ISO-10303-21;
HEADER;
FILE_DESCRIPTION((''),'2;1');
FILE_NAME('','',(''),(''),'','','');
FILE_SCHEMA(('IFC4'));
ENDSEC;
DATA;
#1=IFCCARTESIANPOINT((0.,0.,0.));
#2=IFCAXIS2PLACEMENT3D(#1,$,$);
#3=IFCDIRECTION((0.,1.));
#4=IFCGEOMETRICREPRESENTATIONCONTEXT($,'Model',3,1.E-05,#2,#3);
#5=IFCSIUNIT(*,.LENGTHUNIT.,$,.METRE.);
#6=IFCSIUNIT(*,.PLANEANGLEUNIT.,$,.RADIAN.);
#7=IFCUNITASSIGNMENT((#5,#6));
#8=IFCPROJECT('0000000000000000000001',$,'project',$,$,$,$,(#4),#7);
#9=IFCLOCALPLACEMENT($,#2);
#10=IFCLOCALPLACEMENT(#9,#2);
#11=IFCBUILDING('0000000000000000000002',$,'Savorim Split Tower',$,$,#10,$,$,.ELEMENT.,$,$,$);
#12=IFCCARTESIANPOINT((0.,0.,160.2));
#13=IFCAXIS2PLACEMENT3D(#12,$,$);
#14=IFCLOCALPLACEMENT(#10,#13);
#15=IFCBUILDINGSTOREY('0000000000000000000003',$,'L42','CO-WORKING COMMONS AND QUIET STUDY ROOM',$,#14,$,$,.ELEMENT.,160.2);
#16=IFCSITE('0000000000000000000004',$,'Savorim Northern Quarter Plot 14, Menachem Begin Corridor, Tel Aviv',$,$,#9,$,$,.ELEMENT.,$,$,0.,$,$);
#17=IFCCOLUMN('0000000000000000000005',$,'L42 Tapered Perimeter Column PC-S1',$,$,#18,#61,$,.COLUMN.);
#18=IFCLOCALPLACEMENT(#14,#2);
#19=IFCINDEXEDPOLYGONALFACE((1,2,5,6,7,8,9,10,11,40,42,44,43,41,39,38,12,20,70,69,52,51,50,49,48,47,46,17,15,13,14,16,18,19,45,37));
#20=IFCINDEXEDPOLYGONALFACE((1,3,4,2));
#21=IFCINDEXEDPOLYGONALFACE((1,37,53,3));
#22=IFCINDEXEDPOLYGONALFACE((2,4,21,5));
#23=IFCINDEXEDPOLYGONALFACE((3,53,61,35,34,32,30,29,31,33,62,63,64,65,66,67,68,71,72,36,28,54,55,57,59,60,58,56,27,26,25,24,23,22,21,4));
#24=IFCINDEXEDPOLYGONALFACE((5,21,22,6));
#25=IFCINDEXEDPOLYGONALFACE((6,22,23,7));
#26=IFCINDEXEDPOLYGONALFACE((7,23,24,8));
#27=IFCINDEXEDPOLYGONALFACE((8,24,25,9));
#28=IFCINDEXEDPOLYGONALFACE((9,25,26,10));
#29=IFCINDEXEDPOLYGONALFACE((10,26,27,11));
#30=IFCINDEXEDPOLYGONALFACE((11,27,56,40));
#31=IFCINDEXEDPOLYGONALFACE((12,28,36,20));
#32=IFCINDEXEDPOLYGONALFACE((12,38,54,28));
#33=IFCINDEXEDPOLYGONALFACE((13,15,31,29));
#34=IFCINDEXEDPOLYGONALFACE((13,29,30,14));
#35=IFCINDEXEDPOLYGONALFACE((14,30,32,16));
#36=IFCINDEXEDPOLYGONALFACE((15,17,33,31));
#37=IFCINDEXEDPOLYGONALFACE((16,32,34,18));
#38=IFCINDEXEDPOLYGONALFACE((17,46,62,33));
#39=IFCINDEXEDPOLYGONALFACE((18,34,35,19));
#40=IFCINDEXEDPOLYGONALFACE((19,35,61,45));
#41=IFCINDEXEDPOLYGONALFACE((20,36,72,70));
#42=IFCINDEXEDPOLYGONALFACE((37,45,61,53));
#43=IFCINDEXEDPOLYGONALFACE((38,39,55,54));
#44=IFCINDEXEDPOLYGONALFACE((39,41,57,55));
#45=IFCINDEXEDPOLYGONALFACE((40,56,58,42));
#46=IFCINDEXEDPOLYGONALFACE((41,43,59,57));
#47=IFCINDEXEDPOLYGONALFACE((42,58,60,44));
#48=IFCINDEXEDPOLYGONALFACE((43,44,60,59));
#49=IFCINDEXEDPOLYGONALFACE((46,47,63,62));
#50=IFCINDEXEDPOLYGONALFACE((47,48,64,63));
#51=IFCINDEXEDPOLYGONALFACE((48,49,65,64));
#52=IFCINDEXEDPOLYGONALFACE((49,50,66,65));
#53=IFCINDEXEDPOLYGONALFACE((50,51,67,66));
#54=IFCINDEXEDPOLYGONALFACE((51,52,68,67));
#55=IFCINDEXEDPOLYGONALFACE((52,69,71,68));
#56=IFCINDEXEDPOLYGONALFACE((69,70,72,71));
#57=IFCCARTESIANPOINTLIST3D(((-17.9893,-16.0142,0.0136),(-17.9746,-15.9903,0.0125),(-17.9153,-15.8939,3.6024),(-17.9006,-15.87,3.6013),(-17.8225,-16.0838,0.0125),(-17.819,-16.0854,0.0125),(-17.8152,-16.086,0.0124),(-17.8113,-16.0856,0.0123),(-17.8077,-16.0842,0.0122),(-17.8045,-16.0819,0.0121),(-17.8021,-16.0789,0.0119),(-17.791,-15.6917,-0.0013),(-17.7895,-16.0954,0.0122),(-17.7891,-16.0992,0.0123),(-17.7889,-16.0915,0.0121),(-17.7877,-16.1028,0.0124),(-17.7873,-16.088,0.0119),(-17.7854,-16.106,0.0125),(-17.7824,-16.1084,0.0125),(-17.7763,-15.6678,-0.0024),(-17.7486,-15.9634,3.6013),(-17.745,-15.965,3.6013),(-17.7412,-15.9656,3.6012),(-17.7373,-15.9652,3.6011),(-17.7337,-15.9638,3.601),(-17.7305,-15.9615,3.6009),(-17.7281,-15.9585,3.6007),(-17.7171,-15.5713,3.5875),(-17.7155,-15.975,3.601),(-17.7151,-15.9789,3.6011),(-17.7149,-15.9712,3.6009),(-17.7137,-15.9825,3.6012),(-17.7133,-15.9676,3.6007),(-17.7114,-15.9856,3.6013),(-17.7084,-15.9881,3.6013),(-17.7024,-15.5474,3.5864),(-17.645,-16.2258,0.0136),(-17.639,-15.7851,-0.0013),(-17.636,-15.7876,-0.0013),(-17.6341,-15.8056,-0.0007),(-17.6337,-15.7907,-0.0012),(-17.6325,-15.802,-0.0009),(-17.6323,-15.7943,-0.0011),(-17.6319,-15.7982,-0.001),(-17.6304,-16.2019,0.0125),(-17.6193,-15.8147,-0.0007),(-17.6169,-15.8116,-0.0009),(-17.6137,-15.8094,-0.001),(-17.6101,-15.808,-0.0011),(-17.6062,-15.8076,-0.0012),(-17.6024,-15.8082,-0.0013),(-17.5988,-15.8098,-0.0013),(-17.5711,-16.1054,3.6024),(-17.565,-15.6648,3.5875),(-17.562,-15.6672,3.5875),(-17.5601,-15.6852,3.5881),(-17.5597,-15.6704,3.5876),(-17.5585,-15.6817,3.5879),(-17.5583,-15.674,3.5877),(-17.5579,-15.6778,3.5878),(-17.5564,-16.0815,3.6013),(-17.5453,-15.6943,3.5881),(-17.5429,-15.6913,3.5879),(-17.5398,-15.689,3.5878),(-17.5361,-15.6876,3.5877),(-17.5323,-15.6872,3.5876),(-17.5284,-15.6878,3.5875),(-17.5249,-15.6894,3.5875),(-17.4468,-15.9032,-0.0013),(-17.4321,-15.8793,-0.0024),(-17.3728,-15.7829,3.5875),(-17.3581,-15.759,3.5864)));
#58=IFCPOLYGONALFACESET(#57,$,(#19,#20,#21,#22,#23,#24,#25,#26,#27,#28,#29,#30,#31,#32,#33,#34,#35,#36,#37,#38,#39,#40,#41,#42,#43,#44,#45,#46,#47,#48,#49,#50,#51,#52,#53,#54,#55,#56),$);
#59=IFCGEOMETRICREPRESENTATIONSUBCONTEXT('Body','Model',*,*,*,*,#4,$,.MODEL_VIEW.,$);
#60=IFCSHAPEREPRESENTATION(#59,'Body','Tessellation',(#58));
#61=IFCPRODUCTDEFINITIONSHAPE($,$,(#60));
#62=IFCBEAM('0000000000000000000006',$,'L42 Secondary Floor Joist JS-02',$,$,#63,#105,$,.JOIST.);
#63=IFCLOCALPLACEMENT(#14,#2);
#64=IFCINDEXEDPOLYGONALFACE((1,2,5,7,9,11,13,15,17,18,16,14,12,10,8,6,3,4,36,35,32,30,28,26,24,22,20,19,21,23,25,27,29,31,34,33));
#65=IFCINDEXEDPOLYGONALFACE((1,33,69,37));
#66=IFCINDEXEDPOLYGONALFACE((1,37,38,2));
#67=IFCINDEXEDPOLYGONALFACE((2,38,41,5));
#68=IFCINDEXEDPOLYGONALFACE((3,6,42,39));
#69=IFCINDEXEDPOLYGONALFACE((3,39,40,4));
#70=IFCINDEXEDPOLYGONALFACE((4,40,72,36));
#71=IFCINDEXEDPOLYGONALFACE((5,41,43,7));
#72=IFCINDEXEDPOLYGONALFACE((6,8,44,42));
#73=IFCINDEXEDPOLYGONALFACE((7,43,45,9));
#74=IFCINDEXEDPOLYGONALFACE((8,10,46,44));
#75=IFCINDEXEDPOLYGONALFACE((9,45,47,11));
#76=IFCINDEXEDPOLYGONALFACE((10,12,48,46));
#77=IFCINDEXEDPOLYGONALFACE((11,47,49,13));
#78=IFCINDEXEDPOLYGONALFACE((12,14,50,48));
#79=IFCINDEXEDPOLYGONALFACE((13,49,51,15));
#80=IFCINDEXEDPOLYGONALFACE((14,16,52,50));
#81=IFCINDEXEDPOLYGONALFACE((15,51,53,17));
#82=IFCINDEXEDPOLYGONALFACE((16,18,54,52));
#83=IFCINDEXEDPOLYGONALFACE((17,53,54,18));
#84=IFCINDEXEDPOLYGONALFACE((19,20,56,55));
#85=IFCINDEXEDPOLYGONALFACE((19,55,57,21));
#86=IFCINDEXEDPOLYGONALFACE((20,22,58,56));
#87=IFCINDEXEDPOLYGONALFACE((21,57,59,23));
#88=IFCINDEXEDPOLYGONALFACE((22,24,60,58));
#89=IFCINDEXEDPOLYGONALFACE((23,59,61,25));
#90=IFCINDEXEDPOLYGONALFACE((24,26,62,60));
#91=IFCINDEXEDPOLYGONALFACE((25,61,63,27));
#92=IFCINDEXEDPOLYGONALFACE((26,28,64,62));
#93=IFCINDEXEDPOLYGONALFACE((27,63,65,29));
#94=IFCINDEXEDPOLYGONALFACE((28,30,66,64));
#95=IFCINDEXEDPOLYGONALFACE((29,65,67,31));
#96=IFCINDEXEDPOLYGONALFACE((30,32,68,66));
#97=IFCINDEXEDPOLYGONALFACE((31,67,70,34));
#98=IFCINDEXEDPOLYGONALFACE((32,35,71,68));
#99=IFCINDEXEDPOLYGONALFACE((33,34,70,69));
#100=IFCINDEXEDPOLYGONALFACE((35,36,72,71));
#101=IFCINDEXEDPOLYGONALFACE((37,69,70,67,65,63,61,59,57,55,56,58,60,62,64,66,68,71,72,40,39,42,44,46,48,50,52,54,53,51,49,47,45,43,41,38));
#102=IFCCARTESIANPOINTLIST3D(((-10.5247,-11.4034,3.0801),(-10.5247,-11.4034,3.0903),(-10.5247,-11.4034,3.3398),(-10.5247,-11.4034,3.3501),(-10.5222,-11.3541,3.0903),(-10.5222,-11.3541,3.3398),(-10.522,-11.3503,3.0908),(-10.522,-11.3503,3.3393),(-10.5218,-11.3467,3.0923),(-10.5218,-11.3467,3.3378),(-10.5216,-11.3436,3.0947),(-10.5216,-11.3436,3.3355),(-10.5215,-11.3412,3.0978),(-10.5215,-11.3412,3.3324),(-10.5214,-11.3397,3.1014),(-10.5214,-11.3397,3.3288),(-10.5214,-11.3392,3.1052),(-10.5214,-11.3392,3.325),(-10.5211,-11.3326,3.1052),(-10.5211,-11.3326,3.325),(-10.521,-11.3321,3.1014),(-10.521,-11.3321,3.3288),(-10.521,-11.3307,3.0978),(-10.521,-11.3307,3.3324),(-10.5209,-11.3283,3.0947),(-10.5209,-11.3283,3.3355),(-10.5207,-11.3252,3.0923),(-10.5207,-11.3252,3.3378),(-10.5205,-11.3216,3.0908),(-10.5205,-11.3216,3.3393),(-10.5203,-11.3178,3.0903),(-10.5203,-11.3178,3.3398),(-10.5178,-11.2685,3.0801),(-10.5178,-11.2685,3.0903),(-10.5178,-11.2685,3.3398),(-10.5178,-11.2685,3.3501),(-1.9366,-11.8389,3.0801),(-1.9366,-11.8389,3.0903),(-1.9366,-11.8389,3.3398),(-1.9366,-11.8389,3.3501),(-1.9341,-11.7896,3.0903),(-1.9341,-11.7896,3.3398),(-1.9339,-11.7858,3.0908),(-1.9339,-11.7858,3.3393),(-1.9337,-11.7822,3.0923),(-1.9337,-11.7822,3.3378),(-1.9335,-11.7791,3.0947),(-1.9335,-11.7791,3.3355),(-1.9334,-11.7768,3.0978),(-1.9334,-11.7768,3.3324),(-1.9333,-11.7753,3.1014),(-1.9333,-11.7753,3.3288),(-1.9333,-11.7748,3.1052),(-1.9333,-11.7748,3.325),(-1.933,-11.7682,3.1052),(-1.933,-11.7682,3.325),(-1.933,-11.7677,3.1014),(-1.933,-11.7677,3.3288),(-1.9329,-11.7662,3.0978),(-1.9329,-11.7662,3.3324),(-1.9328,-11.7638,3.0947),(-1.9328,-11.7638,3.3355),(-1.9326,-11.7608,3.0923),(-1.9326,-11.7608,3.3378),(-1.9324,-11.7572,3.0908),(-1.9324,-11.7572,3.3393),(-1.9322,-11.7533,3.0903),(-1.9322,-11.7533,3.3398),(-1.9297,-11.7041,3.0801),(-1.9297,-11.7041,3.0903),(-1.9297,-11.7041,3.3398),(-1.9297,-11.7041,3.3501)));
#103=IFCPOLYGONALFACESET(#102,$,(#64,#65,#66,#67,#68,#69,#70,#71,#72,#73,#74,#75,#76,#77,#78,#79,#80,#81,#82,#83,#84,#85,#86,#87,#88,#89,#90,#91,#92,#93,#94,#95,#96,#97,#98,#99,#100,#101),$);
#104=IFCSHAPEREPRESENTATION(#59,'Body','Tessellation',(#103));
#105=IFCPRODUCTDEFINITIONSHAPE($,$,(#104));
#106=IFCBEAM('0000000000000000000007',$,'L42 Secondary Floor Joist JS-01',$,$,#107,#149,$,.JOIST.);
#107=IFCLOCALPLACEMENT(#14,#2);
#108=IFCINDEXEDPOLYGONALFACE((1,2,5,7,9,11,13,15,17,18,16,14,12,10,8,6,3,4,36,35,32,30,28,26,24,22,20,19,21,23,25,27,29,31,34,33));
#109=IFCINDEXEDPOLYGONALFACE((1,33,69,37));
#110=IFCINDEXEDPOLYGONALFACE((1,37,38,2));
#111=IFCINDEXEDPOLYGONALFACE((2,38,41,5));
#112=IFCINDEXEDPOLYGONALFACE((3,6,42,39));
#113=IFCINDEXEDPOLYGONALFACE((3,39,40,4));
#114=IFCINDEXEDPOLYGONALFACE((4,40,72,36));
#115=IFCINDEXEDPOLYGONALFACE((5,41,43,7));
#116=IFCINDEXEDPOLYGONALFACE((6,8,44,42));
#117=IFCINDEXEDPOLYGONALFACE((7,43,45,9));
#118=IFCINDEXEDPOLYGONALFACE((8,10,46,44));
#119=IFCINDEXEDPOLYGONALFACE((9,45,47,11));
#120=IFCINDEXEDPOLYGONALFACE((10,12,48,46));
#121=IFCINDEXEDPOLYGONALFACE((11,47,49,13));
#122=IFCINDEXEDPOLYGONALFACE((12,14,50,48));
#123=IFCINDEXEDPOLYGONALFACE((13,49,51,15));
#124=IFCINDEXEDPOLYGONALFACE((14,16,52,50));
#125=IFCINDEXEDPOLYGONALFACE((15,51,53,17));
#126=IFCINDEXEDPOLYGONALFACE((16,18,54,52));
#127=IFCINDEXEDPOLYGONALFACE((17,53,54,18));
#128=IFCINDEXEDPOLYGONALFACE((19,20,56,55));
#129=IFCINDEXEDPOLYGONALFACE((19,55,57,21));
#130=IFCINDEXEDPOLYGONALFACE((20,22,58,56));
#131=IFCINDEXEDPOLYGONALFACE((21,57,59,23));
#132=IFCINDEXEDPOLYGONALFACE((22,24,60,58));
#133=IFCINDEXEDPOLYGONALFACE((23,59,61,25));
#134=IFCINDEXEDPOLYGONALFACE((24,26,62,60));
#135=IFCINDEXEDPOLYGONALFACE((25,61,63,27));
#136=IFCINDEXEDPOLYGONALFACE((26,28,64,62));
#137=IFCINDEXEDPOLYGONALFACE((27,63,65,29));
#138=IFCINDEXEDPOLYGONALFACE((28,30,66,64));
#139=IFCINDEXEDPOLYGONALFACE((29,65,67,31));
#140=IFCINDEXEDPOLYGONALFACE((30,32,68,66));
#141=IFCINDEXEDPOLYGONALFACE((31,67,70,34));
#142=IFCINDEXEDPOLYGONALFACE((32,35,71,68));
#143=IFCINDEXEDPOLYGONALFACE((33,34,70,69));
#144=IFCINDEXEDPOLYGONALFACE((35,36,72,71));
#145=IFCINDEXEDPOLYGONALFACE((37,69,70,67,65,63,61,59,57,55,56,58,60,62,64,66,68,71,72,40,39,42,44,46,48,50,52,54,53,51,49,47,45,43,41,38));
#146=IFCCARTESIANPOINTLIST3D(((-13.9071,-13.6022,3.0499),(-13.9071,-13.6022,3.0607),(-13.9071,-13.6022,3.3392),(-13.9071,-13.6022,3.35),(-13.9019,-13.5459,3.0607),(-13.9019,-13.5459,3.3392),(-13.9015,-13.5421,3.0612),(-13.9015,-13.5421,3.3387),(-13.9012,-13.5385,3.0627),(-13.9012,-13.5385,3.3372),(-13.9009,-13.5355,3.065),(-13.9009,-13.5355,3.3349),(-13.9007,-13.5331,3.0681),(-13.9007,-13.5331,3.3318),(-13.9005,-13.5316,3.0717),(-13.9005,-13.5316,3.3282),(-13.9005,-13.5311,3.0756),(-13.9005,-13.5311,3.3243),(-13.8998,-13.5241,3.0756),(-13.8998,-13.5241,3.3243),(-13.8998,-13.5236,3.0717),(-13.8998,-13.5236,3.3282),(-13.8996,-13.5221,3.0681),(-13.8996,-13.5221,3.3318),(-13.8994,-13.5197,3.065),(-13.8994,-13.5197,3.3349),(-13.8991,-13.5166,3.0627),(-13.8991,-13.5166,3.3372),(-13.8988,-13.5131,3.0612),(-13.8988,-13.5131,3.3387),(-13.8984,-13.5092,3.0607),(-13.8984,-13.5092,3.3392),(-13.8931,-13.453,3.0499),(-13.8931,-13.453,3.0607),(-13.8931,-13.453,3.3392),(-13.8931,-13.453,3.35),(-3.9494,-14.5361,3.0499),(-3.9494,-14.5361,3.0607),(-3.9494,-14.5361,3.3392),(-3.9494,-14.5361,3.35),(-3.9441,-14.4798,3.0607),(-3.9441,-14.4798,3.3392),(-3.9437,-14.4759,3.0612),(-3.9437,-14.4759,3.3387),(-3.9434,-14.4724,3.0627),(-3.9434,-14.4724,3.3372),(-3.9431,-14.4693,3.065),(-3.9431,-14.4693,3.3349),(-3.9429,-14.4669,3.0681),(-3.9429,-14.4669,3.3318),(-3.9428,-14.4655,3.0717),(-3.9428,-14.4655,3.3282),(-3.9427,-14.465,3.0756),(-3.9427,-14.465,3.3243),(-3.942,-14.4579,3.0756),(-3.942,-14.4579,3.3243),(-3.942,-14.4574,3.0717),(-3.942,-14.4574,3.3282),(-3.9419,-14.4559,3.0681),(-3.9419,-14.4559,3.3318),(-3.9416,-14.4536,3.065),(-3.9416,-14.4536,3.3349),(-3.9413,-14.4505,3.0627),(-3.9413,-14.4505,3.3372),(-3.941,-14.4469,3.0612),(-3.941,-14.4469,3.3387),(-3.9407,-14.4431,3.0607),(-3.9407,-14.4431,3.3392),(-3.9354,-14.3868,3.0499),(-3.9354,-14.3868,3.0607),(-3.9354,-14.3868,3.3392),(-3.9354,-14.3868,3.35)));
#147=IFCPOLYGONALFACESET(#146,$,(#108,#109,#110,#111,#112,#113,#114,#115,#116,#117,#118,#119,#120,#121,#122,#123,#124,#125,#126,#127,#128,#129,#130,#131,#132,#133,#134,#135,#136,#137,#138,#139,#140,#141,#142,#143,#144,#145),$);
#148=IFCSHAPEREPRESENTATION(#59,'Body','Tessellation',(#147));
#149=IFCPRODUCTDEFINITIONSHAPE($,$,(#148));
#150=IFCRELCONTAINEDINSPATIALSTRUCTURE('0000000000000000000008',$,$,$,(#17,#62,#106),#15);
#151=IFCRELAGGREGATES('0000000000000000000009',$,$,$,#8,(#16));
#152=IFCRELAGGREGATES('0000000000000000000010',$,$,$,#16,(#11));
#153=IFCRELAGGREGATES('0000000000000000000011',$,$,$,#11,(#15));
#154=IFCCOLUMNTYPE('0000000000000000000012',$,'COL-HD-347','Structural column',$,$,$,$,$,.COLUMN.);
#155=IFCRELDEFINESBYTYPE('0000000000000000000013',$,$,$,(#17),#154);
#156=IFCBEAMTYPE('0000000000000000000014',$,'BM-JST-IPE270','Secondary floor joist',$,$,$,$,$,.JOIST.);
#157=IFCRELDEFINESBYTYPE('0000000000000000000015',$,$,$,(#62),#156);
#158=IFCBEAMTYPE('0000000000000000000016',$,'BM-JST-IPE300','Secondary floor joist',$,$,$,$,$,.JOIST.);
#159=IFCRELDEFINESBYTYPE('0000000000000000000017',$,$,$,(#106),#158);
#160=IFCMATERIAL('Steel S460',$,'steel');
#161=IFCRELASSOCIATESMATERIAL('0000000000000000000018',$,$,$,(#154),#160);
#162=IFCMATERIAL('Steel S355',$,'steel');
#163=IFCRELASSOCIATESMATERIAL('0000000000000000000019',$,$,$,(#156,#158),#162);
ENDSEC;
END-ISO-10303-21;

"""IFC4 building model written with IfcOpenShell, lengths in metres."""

from ifc_helpers import new_model, si_unit, direction, frame, origin, origin_2d, place, context, subcontext, project, spatial, i_section, extrude, material, material_profile, profile_set, type_object, element, save


model = new_model("IFC4")

# Units and contexts
model_context = context("Model", 3, precision=1e-05, world=origin(), true_north=direction((0.0, 1.0)))
body_context = subcontext(model_context, "Body", "Model", "MODEL_VIEW")
ifc_project = project(units=[si_unit("LENGTHUNIT", "METRE"), si_unit("PLANEANGLEUNIT", "RADIAN")], contexts=[model_context])

# Site, building, storey
site_placement = place(None, origin())
site = spatial("IfcSite", under=ifc_project, at=site_placement, Name="Savorim Northern Quarter Plot 14, Menachem Begin Corridor, Tel Aviv", CompositionType="ELEMENT", RefElevation=0.0)
building_placement = place(site_placement, origin())
building = spatial("IfcBuilding", under=site, at=building_placement, Name="Savorim Split Tower", CompositionType="ELEMENT")
storey_placement = place(building_placement, frame((0.0, 0.0, 160.2)))
storey = spatial("IfcBuildingStorey", under=building, at=storey_placement, Name="L42", Description="CO-WORKING COMMONS AND QUIET STUDY ROOM", CompositionType="ELEMENT", Elevation=160.2)

# Column
ifc_material_1 = material(Name="Steel S460", Category="steel")
ifc_material_profile_1 = material_profile(ifc_material_1, i_section(OverallWidth=0.4041, OverallDepth=0.407, WebThickness=0.0173, FlangeThickness=0.0281, FilletRadius=0.0149, at=origin_2d()), Name="HD 400x347")
ifc_profile_set_1 = profile_set([ifc_material_profile_1], Name="Steel S460")
column_type = type_object("IfcColumnType", Name="COL-HD-347", Description="Structural column", PredefinedType="COLUMN", material=ifc_profile_set_1)
column_placement = place(storey_placement, frame((-17.7107, -15.9468, 0.0056), z_axis=(0.020596, 0.033511, 0.999226), x_axis=(-0.851955, 0.523615, 0.0)))
element("IfcColumn", 1, at=column_placement, inside=storey, type_object=column_type, Name="L42 Tapered Perimeter Column PC-S1", PredefinedType="COLUMN", context=body_context, shape_type="SweptSolid", body=[
    extrude(i_section(OverallWidth=0.4041, OverallDepth=0.407, WebThickness=0.0173, FlangeThickness=0.0281, FilletRadius=0.0149, at=origin_2d()), origin(), (0.0, 0.0, 1.0), 3.5916),
])

# Beams
ifc_material_2 = material(Name="Steel S355", Category="steel")
ifc_material_profile_2 = material_profile(ifc_material_2, i_section(OverallWidth=0.135, OverallDepth=0.27, WebThickness=0.0066, FlangeThickness=0.0103, FilletRadius=0.0149, at=origin_2d()), Name="IPE 270")
ifc_profile_set_2 = profile_set([ifc_material_profile_2], Name="Steel S355")
beam_type_1 = type_object("IfcBeamType", Name="BM-JST-IPE270", Description="Secondary floor joist", PredefinedType="JOIST", material=ifc_profile_set_2)
beam_1_placement = place(storey_placement, frame((-10.5212, -11.3359, 3.2151), z_axis=(0.998716, -0.05065, 0.0), x_axis=(0.05065, 0.998716, 0.0)))
element("IfcBeam", 2, at=beam_1_placement, inside=storey, type_object=beam_type_1, Name="L42 Secondary Floor Joist JS-02", PredefinedType="JOIST", context=body_context, shape_type="SweptSolid", body=[
    extrude(i_section(OverallWidth=0.135, OverallDepth=0.27, WebThickness=0.0066, FlangeThickness=0.0103, FilletRadius=0.0149, at=origin_2d()), origin(), (0.0, 0.0, 1.0), 8.5991),
])
ifc_material_profile_3 = material_profile(ifc_material_2, i_section(OverallWidth=0.1499, OverallDepth=0.3, WebThickness=0.0071, FlangeThickness=0.0107, FilletRadius=0.0149, at=origin_2d()), Name="IPE 300")
ifc_profile_set_3 = profile_set([ifc_material_profile_3], Name="Steel S355")
beam_type_2 = type_object("IfcBeamType", Name="BM-JST-IPE300", Description="Secondary floor joist", PredefinedType="JOIST", material=ifc_profile_set_3)
beam_2_placement = place(storey_placement, frame((-13.9001, -13.5276, 3.2), z_axis=(0.995631, -0.09337, 0.0), x_axis=(0.09337, 0.995631, 0.0)))
element("IfcBeam", 3, at=beam_2_placement, inside=storey, type_object=beam_type_2, Name="L42 Secondary Floor Joist JS-01", PredefinedType="JOIST", context=body_context, shape_type="SweptSolid", body=[
    extrude(i_section(OverallWidth=0.1499, OverallDepth=0.3, WebThickness=0.0071, FlangeThickness=0.0107, FilletRadius=0.0149, at=origin_2d()), origin(), (0.0, 0.0, 1.0), 10.0015),
])

save(model, "model.ifc")
